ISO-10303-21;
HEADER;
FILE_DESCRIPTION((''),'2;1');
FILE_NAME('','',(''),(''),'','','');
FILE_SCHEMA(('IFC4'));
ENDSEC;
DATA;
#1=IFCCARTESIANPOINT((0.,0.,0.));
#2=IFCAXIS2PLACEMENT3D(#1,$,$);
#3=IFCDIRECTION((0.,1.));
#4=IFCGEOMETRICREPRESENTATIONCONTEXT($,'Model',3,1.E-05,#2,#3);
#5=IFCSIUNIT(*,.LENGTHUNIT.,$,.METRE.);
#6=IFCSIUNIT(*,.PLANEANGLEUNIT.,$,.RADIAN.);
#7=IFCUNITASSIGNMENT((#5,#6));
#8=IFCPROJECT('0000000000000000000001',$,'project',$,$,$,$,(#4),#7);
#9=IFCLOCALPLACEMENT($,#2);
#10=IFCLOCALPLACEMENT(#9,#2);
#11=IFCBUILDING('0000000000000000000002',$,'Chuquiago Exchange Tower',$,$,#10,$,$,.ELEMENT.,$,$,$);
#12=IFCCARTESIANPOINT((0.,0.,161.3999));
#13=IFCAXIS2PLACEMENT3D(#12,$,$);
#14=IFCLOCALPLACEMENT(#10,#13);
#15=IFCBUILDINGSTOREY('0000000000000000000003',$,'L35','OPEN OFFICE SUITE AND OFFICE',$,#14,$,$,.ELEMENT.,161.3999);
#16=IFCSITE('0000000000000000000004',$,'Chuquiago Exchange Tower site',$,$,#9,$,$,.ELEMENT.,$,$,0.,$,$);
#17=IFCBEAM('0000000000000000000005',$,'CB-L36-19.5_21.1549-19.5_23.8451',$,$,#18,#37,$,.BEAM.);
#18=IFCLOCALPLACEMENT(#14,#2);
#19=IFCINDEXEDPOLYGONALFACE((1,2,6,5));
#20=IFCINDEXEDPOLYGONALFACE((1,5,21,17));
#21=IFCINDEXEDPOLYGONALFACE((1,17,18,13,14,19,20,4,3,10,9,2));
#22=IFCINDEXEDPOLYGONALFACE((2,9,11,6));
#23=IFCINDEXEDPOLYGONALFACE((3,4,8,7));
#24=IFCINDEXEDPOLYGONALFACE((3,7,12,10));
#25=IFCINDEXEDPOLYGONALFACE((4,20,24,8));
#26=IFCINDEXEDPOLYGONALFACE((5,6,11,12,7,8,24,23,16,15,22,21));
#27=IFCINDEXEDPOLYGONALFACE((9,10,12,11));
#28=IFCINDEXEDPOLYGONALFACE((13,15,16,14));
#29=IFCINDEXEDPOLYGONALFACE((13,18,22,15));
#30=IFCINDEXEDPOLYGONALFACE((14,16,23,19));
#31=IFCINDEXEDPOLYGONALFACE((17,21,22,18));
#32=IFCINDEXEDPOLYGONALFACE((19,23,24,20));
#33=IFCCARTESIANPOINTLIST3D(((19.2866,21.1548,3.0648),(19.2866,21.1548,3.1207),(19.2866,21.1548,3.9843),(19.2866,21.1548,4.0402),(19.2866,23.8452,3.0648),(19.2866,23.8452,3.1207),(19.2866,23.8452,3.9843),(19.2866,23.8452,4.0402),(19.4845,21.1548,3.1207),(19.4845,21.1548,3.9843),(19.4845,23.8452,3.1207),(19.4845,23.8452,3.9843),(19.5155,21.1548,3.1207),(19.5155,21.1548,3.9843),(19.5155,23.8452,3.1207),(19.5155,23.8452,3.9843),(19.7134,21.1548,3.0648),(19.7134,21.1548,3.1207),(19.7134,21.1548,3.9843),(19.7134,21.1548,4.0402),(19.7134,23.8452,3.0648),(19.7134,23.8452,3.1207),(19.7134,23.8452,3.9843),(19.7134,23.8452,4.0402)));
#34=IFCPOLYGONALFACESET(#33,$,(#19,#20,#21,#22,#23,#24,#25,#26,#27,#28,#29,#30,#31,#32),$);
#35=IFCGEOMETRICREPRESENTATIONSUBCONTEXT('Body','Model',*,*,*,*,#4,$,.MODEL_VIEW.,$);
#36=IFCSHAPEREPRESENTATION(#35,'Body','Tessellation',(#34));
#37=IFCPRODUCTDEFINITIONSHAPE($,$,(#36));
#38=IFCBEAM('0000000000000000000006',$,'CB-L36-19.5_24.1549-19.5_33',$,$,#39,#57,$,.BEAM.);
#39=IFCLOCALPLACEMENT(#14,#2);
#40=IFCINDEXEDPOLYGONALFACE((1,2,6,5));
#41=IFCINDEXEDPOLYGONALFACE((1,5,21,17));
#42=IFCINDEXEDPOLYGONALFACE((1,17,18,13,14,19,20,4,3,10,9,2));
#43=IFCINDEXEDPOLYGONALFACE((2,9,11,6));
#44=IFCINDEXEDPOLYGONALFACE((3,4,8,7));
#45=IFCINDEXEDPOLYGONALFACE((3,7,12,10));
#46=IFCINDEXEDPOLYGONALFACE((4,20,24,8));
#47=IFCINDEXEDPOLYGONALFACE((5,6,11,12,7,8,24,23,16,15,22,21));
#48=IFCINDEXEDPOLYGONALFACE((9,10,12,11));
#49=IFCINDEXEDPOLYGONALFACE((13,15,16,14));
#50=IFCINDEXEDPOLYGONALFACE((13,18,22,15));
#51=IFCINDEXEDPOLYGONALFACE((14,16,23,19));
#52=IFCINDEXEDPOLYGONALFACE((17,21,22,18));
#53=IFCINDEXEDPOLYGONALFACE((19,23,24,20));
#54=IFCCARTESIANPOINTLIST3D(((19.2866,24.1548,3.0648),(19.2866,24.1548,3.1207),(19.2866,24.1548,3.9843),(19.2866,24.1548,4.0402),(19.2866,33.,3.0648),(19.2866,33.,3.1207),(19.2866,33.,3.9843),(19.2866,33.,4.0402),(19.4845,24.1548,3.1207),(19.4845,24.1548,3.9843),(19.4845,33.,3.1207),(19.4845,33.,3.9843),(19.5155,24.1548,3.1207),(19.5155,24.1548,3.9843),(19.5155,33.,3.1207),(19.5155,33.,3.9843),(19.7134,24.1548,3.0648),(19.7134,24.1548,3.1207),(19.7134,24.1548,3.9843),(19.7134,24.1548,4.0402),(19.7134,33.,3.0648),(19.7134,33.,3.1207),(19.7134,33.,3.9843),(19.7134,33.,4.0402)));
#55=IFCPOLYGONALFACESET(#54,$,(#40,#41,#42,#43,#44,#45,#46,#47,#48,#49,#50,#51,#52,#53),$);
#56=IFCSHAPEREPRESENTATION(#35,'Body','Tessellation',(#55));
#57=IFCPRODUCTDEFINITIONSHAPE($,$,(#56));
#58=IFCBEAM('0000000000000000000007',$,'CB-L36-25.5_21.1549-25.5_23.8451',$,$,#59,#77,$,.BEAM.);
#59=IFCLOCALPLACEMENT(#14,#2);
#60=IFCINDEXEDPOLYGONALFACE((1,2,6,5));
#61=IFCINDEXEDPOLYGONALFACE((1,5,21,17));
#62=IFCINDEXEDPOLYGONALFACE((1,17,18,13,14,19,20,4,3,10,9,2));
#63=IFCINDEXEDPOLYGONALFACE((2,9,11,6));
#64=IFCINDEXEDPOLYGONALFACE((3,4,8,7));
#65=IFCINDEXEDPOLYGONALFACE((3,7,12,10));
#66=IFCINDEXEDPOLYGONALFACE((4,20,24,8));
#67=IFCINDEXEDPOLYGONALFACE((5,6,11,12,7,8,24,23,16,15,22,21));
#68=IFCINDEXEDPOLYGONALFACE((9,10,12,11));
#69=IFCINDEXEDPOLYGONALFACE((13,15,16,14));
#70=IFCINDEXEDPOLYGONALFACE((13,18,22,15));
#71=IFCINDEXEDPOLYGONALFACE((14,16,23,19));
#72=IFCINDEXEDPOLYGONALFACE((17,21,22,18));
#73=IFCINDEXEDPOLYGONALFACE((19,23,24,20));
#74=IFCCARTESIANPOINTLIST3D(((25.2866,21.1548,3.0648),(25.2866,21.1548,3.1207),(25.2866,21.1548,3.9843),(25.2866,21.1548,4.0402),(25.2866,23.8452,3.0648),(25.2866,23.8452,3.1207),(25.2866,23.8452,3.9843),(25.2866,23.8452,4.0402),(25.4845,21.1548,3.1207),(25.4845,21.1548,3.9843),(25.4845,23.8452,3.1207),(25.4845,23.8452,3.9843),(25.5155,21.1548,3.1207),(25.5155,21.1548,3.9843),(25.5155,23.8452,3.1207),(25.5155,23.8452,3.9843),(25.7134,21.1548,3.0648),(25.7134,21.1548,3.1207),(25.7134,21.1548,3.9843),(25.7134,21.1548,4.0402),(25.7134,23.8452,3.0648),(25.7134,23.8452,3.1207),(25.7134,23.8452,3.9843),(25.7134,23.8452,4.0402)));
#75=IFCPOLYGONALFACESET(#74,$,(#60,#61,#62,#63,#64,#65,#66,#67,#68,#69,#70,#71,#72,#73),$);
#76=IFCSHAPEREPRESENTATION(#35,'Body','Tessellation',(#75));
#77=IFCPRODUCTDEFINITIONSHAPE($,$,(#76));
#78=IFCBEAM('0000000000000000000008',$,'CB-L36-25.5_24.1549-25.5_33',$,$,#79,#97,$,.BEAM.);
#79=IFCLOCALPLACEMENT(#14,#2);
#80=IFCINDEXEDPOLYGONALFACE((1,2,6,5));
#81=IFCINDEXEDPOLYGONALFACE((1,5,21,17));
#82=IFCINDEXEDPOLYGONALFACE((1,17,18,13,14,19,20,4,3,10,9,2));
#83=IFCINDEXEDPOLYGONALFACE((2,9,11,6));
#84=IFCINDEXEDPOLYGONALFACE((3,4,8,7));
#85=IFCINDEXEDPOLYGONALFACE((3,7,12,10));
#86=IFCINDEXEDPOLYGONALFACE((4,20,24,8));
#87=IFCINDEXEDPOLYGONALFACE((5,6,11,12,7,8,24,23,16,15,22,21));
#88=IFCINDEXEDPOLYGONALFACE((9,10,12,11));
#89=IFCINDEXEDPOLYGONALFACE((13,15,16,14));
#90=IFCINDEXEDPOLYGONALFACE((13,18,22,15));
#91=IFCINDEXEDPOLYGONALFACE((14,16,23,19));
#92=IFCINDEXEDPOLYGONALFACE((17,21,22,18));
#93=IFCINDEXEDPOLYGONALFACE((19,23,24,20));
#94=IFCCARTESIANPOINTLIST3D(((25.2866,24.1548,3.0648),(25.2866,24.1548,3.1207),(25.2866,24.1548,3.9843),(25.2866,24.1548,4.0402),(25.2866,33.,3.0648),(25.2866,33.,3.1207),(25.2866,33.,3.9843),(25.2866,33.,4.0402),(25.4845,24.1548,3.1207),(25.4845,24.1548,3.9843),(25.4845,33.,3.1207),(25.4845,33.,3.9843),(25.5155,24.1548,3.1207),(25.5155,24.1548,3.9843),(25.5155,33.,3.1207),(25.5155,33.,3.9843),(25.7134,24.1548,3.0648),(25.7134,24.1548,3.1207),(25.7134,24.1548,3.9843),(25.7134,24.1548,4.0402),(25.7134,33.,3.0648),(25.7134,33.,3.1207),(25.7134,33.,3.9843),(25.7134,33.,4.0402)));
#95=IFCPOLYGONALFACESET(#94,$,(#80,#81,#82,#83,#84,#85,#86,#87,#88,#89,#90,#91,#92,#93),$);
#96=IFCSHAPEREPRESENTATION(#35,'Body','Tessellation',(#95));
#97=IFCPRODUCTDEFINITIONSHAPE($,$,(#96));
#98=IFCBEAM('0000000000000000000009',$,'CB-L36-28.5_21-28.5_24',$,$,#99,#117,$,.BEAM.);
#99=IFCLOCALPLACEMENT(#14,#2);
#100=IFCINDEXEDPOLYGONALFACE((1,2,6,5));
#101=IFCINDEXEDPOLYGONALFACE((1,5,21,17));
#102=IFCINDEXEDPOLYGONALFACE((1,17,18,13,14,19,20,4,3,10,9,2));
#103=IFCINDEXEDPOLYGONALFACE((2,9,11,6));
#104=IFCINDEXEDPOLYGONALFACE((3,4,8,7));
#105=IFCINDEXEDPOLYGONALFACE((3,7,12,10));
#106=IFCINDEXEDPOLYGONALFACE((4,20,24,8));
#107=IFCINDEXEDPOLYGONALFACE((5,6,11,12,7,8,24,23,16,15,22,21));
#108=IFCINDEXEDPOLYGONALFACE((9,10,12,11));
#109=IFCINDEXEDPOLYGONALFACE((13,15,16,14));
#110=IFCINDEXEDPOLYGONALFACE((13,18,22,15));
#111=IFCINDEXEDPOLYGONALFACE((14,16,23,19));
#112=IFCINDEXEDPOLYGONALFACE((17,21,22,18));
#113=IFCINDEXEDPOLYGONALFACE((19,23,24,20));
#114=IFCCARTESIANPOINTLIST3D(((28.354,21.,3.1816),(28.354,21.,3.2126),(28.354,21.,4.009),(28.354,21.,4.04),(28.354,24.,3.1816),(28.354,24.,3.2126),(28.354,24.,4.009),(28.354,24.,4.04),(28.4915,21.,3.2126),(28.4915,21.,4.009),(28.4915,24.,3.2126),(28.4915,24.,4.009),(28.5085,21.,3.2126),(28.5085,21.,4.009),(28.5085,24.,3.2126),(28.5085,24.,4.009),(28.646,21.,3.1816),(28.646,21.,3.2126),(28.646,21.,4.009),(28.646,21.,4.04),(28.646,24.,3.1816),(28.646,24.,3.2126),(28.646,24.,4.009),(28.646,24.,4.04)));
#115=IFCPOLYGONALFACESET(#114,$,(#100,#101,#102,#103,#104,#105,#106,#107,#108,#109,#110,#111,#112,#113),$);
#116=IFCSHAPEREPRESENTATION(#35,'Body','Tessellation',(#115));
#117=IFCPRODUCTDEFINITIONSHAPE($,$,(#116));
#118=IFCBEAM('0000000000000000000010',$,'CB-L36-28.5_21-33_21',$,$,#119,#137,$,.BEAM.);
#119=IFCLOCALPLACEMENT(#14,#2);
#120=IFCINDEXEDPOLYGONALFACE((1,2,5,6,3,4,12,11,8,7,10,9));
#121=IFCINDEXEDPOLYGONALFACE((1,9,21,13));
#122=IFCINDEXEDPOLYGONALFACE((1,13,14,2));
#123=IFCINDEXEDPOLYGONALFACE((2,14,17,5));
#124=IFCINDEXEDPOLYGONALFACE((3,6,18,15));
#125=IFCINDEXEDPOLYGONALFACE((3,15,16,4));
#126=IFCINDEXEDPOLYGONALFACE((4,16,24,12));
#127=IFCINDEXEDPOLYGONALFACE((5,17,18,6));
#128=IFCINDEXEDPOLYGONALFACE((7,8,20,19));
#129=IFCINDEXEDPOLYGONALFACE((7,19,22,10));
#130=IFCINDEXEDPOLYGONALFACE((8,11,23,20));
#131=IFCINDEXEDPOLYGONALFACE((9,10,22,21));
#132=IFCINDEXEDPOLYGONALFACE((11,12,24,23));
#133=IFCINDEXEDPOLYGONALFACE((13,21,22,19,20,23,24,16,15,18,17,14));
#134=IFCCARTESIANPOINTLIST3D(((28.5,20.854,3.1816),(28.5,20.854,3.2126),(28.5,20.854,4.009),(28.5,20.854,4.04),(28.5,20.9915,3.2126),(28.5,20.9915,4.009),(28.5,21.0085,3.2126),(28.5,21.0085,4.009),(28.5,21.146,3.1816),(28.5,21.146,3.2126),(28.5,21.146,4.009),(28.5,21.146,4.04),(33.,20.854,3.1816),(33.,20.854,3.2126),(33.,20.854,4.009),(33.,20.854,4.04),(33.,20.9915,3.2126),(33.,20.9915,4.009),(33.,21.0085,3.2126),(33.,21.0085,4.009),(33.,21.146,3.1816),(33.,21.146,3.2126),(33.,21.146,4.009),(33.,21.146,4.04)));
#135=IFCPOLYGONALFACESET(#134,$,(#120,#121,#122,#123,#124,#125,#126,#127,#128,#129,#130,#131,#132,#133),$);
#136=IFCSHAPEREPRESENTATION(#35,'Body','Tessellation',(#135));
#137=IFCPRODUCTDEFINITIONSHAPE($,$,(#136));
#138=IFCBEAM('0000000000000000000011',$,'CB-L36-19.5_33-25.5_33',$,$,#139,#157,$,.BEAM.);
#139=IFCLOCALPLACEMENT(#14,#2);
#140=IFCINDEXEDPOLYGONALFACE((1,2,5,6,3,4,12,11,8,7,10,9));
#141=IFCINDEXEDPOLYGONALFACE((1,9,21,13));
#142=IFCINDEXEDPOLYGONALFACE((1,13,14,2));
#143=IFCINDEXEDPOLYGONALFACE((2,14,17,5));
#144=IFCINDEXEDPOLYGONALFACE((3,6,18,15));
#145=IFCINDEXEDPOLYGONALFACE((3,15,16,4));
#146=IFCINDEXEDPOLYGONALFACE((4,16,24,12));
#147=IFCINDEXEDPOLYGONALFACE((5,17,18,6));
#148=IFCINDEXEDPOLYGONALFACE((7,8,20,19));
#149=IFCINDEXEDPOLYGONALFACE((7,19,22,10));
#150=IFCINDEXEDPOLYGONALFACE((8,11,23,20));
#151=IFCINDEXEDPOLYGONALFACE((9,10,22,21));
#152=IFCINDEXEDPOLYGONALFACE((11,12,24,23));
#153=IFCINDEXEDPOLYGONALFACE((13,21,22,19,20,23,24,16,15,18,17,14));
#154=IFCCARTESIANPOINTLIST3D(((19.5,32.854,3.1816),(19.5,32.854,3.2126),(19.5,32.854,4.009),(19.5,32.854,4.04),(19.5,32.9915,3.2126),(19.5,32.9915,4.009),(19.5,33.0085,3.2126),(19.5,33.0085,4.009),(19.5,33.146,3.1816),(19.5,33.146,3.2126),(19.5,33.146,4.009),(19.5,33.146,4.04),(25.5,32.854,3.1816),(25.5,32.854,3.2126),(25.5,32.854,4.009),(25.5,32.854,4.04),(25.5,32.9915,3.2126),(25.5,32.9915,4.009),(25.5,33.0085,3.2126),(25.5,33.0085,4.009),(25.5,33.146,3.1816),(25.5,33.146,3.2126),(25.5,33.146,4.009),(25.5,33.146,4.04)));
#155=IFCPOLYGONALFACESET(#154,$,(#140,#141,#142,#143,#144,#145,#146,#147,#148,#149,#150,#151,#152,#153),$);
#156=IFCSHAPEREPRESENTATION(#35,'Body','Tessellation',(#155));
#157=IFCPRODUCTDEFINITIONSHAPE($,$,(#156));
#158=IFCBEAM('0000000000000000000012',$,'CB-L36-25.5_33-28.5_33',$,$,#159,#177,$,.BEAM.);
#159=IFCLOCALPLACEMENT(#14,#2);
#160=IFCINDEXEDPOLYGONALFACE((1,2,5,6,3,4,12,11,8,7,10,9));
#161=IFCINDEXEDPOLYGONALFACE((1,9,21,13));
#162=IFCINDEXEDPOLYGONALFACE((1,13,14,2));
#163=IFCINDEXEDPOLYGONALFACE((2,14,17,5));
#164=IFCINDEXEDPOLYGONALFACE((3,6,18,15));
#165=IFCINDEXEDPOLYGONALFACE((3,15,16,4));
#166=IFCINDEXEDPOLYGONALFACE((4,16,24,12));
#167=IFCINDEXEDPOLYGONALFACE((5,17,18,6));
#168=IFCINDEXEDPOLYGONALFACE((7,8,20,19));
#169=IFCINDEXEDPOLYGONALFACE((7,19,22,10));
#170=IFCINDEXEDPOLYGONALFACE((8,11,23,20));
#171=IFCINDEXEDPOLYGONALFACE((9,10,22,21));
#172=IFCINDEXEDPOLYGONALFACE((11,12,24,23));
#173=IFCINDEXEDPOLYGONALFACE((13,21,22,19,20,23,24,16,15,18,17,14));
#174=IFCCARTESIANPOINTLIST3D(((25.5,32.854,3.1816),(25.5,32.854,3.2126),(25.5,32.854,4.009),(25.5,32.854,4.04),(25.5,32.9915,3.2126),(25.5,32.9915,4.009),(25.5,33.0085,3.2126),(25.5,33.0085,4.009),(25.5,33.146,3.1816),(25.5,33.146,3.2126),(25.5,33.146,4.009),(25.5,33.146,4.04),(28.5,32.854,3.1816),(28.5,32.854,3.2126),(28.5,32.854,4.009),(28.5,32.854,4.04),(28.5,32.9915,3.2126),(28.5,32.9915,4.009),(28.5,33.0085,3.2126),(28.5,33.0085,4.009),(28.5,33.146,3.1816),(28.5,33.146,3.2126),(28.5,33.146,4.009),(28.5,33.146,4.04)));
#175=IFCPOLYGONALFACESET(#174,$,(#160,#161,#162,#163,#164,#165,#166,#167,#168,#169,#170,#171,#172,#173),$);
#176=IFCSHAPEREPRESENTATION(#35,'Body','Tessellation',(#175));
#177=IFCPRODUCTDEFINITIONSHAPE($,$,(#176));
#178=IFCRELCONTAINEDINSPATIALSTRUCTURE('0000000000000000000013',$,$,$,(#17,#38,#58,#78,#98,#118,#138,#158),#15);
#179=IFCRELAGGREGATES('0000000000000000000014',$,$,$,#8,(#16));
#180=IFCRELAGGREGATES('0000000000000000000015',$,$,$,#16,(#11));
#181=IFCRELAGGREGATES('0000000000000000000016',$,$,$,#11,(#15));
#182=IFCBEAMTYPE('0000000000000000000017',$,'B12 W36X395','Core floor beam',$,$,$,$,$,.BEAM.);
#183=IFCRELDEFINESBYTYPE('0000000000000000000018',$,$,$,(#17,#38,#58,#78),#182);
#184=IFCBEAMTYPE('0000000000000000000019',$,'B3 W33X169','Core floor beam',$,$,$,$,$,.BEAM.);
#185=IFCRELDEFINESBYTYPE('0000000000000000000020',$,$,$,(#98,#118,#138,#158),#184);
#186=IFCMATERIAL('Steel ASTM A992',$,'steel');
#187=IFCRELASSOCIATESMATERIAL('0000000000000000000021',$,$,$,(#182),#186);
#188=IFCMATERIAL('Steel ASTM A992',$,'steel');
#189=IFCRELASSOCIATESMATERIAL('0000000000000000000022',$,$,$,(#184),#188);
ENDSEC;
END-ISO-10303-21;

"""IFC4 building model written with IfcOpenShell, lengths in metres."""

from ifc_helpers import new_model, si_unit, direction, frame, origin, origin_2d, place, context, subcontext, project, spatial, i_section, extrude, material, material_profile, profile_set, type_object, element, save


model = new_model("IFC4")

# Units and contexts
model_context = context("Model", 3, precision=1e-05, world=origin(), true_north=direction((0.0, 1.0)))
body_context = subcontext(model_context, "Body", "Model", "MODEL_VIEW")
ifc_project = project(units=[si_unit("LENGTHUNIT", "METRE"), si_unit("PLANEANGLEUNIT", "RADIAN")], contexts=[model_context])

# Site, building, storey
site_placement = place(None, origin())
site = spatial("IfcSite", under=ifc_project, at=site_placement, Name="Chuquiago Exchange Tower site", CompositionType="ELEMENT", RefElevation=0.0)
building_placement = place(site_placement, origin())
building = spatial("IfcBuilding", under=site, at=building_placement, Name="Chuquiago Exchange Tower", CompositionType="ELEMENT")
storey_placement = place(building_placement, frame((0.0, 0.0, 161.3999)))
storey = spatial("IfcBuildingStorey", under=building, at=storey_placement, Name="L35", Description="OPEN OFFICE SUITE AND OFFICE", CompositionType="ELEMENT", Elevation=161.3999)

# Beams
ifc_material_1 = material(Name="Steel ASTM A992", Category="steel")
ifc_material_profile_1 = material_profile(ifc_material_1, i_section(OverallWidth=0.4268, OverallDepth=0.9753, WebThickness=0.031, FlangeThickness=0.0559, at=origin_2d()), Name="W36X395")
ifc_profile_set_1 = profile_set([ifc_material_profile_1], Name="Steel ASTM A992")
beam_type_1 = type_object("IfcBeamType", Name="B12 W36X395", Description="Core floor beam", PredefinedType="BEAM", material=ifc_profile_set_1)
beam_1_placement = place(storey_placement, frame((19.5, 21.1548, 3.5525), z_axis=(0.0, 1.0, 0.0), x_axis=(-1.0, 0.0, 0.0)))
element("IfcBeam", 1, at=beam_1_placement, inside=storey, type_object=beam_type_1, Name="CB-L36-19.5_21.1549-19.5_23.8451", PredefinedType="BEAM", context=body_context, shape_type="SweptSolid", body=[
    extrude(i_section(OverallWidth=0.4268, OverallDepth=0.9753, WebThickness=0.031, FlangeThickness=0.0559, at=origin_2d()), origin(), (0.0, 0.0, 1.0), 2.6904),
])
beam_2_placement = place(storey_placement, frame((19.5, 24.1548, 3.5525), z_axis=(0.0, 1.0, 0.0), x_axis=(-1.0, 0.0, 0.0)))
element("IfcBeam", 2, at=beam_2_placement, inside=storey, type_object=beam_type_1, Name="CB-L36-19.5_24.1549-19.5_33", PredefinedType="BEAM", context=body_context, shape_type="SweptSolid", body=[
    extrude(i_section(OverallWidth=0.4268, OverallDepth=0.9753, WebThickness=0.031, FlangeThickness=0.0559, at=origin_2d()), origin(), (0.0, 0.0, 1.0), 8.8452),
])
beam_3_placement = place(storey_placement, frame((25.5, 21.1548, 3.5525), z_axis=(0.0, 1.0, 0.0), x_axis=(-1.0, 0.0, 0.0)))
element("IfcBeam", 3, at=beam_3_placement, inside=storey, type_object=beam_type_1, Name="CB-L36-25.5_21.1549-25.5_23.8451", PredefinedType="BEAM", context=body_context, shape_type="SweptSolid", body=[
    extrude(i_section(OverallWidth=0.4268, OverallDepth=0.9753, WebThickness=0.031, FlangeThickness=0.0559, at=origin_2d()), origin(), (0.0, 0.0, 1.0), 2.6904),
])
beam_4_placement = place(storey_placement, frame((25.5, 24.1548, 3.5525), z_axis=(0.0, 1.0, 0.0), x_axis=(-1.0, 0.0, 0.0)))
element("IfcBeam", 4, at=beam_4_placement, inside=storey, type_object=beam_type_1, Name="CB-L36-25.5_24.1549-25.5_33", PredefinedType="BEAM", context=body_context, shape_type="SweptSolid", body=[
    extrude(i_section(OverallWidth=0.4268, OverallDepth=0.9753, WebThickness=0.031, FlangeThickness=0.0559, at=origin_2d()), origin(), (0.0, 0.0, 1.0), 8.8452),
])
ifc_material_2 = material(Name="Steel ASTM A992", Category="steel")
ifc_material_profile_2 = material_profile(ifc_material_2, i_section(OverallWidth=0.292, OverallDepth=0.8584, WebThickness=0.0171, FlangeThickness=0.031, at=origin_2d()), Name="W33X169")
ifc_profile_set_2 = profile_set([ifc_material_profile_2], Name="Steel ASTM A992")
beam_type_2 = type_object("IfcBeamType", Name="B3 W33X169", Description="Core floor beam", PredefinedType="BEAM", material=ifc_profile_set_2)
beam_5_placement = place(storey_placement, frame((28.5, 21.0, 3.6108), z_axis=(0.0, 1.0, 0.0), x_axis=(-1.0, 0.0, 0.0)))
element("IfcBeam", 5, at=beam_5_placement, inside=storey, type_object=beam_type_2, Name="CB-L36-28.5_21-28.5_24", PredefinedType="BEAM", context=body_context, shape_type="SweptSolid", body=[
    extrude(i_section(OverallWidth=0.292, OverallDepth=0.8584, WebThickness=0.0171, FlangeThickness=0.031, at=origin_2d()), origin(), (0.0, 0.0, 1.0), 3.0),
])
beam_6_placement = place(storey_placement, frame((28.5, 21.0, 3.6108), z_axis=(1.0, 0.0, 0.0), x_axis=(0.0, 1.0, 0.0)))
element("IfcBeam", 6, at=beam_6_placement, inside=storey, type_object=beam_type_2, Name="CB-L36-28.5_21-33_21", PredefinedType="BEAM", context=body_context, shape_type="SweptSolid", body=[
    extrude(i_section(OverallWidth=0.292, OverallDepth=0.8584, WebThickness=0.0171, FlangeThickness=0.031, at=origin_2d()), origin(), (0.0, 0.0, 1.0), 4.5),
])
beam_7_placement = place(storey_placement, frame((19.5, 33.0, 3.6108), z_axis=(1.0, 0.0, 0.0), x_axis=(0.0, 1.0, 0.0)))
element("IfcBeam", 7, at=beam_7_placement, inside=storey, type_object=beam_type_2, Name="CB-L36-19.5_33-25.5_33", PredefinedType="BEAM", context=body_context, shape_type="SweptSolid", body=[
    extrude(i_section(OverallWidth=0.292, OverallDepth=0.8584, WebThickness=0.0171, FlangeThickness=0.031, at=origin_2d()), origin(), (0.0, 0.0, 1.0), 6.0),
])
beam_8_placement = place(storey_placement, frame((25.5, 33.0, 3.6108), z_axis=(1.0, 0.0, 0.0), x_axis=(0.0, 1.0, 0.0)))
element("IfcBeam", 8, at=beam_8_placement, inside=storey, type_object=beam_type_2, Name="CB-L36-25.5_33-28.5_33", PredefinedType="BEAM", context=body_context, shape_type="SweptSolid", body=[
    extrude(i_section(OverallWidth=0.292, OverallDepth=0.8584, WebThickness=0.0171, FlangeThickness=0.031, at=origin_2d()), origin(), (0.0, 0.0, 1.0), 3.0),
])

save(model, "model.ifc")
